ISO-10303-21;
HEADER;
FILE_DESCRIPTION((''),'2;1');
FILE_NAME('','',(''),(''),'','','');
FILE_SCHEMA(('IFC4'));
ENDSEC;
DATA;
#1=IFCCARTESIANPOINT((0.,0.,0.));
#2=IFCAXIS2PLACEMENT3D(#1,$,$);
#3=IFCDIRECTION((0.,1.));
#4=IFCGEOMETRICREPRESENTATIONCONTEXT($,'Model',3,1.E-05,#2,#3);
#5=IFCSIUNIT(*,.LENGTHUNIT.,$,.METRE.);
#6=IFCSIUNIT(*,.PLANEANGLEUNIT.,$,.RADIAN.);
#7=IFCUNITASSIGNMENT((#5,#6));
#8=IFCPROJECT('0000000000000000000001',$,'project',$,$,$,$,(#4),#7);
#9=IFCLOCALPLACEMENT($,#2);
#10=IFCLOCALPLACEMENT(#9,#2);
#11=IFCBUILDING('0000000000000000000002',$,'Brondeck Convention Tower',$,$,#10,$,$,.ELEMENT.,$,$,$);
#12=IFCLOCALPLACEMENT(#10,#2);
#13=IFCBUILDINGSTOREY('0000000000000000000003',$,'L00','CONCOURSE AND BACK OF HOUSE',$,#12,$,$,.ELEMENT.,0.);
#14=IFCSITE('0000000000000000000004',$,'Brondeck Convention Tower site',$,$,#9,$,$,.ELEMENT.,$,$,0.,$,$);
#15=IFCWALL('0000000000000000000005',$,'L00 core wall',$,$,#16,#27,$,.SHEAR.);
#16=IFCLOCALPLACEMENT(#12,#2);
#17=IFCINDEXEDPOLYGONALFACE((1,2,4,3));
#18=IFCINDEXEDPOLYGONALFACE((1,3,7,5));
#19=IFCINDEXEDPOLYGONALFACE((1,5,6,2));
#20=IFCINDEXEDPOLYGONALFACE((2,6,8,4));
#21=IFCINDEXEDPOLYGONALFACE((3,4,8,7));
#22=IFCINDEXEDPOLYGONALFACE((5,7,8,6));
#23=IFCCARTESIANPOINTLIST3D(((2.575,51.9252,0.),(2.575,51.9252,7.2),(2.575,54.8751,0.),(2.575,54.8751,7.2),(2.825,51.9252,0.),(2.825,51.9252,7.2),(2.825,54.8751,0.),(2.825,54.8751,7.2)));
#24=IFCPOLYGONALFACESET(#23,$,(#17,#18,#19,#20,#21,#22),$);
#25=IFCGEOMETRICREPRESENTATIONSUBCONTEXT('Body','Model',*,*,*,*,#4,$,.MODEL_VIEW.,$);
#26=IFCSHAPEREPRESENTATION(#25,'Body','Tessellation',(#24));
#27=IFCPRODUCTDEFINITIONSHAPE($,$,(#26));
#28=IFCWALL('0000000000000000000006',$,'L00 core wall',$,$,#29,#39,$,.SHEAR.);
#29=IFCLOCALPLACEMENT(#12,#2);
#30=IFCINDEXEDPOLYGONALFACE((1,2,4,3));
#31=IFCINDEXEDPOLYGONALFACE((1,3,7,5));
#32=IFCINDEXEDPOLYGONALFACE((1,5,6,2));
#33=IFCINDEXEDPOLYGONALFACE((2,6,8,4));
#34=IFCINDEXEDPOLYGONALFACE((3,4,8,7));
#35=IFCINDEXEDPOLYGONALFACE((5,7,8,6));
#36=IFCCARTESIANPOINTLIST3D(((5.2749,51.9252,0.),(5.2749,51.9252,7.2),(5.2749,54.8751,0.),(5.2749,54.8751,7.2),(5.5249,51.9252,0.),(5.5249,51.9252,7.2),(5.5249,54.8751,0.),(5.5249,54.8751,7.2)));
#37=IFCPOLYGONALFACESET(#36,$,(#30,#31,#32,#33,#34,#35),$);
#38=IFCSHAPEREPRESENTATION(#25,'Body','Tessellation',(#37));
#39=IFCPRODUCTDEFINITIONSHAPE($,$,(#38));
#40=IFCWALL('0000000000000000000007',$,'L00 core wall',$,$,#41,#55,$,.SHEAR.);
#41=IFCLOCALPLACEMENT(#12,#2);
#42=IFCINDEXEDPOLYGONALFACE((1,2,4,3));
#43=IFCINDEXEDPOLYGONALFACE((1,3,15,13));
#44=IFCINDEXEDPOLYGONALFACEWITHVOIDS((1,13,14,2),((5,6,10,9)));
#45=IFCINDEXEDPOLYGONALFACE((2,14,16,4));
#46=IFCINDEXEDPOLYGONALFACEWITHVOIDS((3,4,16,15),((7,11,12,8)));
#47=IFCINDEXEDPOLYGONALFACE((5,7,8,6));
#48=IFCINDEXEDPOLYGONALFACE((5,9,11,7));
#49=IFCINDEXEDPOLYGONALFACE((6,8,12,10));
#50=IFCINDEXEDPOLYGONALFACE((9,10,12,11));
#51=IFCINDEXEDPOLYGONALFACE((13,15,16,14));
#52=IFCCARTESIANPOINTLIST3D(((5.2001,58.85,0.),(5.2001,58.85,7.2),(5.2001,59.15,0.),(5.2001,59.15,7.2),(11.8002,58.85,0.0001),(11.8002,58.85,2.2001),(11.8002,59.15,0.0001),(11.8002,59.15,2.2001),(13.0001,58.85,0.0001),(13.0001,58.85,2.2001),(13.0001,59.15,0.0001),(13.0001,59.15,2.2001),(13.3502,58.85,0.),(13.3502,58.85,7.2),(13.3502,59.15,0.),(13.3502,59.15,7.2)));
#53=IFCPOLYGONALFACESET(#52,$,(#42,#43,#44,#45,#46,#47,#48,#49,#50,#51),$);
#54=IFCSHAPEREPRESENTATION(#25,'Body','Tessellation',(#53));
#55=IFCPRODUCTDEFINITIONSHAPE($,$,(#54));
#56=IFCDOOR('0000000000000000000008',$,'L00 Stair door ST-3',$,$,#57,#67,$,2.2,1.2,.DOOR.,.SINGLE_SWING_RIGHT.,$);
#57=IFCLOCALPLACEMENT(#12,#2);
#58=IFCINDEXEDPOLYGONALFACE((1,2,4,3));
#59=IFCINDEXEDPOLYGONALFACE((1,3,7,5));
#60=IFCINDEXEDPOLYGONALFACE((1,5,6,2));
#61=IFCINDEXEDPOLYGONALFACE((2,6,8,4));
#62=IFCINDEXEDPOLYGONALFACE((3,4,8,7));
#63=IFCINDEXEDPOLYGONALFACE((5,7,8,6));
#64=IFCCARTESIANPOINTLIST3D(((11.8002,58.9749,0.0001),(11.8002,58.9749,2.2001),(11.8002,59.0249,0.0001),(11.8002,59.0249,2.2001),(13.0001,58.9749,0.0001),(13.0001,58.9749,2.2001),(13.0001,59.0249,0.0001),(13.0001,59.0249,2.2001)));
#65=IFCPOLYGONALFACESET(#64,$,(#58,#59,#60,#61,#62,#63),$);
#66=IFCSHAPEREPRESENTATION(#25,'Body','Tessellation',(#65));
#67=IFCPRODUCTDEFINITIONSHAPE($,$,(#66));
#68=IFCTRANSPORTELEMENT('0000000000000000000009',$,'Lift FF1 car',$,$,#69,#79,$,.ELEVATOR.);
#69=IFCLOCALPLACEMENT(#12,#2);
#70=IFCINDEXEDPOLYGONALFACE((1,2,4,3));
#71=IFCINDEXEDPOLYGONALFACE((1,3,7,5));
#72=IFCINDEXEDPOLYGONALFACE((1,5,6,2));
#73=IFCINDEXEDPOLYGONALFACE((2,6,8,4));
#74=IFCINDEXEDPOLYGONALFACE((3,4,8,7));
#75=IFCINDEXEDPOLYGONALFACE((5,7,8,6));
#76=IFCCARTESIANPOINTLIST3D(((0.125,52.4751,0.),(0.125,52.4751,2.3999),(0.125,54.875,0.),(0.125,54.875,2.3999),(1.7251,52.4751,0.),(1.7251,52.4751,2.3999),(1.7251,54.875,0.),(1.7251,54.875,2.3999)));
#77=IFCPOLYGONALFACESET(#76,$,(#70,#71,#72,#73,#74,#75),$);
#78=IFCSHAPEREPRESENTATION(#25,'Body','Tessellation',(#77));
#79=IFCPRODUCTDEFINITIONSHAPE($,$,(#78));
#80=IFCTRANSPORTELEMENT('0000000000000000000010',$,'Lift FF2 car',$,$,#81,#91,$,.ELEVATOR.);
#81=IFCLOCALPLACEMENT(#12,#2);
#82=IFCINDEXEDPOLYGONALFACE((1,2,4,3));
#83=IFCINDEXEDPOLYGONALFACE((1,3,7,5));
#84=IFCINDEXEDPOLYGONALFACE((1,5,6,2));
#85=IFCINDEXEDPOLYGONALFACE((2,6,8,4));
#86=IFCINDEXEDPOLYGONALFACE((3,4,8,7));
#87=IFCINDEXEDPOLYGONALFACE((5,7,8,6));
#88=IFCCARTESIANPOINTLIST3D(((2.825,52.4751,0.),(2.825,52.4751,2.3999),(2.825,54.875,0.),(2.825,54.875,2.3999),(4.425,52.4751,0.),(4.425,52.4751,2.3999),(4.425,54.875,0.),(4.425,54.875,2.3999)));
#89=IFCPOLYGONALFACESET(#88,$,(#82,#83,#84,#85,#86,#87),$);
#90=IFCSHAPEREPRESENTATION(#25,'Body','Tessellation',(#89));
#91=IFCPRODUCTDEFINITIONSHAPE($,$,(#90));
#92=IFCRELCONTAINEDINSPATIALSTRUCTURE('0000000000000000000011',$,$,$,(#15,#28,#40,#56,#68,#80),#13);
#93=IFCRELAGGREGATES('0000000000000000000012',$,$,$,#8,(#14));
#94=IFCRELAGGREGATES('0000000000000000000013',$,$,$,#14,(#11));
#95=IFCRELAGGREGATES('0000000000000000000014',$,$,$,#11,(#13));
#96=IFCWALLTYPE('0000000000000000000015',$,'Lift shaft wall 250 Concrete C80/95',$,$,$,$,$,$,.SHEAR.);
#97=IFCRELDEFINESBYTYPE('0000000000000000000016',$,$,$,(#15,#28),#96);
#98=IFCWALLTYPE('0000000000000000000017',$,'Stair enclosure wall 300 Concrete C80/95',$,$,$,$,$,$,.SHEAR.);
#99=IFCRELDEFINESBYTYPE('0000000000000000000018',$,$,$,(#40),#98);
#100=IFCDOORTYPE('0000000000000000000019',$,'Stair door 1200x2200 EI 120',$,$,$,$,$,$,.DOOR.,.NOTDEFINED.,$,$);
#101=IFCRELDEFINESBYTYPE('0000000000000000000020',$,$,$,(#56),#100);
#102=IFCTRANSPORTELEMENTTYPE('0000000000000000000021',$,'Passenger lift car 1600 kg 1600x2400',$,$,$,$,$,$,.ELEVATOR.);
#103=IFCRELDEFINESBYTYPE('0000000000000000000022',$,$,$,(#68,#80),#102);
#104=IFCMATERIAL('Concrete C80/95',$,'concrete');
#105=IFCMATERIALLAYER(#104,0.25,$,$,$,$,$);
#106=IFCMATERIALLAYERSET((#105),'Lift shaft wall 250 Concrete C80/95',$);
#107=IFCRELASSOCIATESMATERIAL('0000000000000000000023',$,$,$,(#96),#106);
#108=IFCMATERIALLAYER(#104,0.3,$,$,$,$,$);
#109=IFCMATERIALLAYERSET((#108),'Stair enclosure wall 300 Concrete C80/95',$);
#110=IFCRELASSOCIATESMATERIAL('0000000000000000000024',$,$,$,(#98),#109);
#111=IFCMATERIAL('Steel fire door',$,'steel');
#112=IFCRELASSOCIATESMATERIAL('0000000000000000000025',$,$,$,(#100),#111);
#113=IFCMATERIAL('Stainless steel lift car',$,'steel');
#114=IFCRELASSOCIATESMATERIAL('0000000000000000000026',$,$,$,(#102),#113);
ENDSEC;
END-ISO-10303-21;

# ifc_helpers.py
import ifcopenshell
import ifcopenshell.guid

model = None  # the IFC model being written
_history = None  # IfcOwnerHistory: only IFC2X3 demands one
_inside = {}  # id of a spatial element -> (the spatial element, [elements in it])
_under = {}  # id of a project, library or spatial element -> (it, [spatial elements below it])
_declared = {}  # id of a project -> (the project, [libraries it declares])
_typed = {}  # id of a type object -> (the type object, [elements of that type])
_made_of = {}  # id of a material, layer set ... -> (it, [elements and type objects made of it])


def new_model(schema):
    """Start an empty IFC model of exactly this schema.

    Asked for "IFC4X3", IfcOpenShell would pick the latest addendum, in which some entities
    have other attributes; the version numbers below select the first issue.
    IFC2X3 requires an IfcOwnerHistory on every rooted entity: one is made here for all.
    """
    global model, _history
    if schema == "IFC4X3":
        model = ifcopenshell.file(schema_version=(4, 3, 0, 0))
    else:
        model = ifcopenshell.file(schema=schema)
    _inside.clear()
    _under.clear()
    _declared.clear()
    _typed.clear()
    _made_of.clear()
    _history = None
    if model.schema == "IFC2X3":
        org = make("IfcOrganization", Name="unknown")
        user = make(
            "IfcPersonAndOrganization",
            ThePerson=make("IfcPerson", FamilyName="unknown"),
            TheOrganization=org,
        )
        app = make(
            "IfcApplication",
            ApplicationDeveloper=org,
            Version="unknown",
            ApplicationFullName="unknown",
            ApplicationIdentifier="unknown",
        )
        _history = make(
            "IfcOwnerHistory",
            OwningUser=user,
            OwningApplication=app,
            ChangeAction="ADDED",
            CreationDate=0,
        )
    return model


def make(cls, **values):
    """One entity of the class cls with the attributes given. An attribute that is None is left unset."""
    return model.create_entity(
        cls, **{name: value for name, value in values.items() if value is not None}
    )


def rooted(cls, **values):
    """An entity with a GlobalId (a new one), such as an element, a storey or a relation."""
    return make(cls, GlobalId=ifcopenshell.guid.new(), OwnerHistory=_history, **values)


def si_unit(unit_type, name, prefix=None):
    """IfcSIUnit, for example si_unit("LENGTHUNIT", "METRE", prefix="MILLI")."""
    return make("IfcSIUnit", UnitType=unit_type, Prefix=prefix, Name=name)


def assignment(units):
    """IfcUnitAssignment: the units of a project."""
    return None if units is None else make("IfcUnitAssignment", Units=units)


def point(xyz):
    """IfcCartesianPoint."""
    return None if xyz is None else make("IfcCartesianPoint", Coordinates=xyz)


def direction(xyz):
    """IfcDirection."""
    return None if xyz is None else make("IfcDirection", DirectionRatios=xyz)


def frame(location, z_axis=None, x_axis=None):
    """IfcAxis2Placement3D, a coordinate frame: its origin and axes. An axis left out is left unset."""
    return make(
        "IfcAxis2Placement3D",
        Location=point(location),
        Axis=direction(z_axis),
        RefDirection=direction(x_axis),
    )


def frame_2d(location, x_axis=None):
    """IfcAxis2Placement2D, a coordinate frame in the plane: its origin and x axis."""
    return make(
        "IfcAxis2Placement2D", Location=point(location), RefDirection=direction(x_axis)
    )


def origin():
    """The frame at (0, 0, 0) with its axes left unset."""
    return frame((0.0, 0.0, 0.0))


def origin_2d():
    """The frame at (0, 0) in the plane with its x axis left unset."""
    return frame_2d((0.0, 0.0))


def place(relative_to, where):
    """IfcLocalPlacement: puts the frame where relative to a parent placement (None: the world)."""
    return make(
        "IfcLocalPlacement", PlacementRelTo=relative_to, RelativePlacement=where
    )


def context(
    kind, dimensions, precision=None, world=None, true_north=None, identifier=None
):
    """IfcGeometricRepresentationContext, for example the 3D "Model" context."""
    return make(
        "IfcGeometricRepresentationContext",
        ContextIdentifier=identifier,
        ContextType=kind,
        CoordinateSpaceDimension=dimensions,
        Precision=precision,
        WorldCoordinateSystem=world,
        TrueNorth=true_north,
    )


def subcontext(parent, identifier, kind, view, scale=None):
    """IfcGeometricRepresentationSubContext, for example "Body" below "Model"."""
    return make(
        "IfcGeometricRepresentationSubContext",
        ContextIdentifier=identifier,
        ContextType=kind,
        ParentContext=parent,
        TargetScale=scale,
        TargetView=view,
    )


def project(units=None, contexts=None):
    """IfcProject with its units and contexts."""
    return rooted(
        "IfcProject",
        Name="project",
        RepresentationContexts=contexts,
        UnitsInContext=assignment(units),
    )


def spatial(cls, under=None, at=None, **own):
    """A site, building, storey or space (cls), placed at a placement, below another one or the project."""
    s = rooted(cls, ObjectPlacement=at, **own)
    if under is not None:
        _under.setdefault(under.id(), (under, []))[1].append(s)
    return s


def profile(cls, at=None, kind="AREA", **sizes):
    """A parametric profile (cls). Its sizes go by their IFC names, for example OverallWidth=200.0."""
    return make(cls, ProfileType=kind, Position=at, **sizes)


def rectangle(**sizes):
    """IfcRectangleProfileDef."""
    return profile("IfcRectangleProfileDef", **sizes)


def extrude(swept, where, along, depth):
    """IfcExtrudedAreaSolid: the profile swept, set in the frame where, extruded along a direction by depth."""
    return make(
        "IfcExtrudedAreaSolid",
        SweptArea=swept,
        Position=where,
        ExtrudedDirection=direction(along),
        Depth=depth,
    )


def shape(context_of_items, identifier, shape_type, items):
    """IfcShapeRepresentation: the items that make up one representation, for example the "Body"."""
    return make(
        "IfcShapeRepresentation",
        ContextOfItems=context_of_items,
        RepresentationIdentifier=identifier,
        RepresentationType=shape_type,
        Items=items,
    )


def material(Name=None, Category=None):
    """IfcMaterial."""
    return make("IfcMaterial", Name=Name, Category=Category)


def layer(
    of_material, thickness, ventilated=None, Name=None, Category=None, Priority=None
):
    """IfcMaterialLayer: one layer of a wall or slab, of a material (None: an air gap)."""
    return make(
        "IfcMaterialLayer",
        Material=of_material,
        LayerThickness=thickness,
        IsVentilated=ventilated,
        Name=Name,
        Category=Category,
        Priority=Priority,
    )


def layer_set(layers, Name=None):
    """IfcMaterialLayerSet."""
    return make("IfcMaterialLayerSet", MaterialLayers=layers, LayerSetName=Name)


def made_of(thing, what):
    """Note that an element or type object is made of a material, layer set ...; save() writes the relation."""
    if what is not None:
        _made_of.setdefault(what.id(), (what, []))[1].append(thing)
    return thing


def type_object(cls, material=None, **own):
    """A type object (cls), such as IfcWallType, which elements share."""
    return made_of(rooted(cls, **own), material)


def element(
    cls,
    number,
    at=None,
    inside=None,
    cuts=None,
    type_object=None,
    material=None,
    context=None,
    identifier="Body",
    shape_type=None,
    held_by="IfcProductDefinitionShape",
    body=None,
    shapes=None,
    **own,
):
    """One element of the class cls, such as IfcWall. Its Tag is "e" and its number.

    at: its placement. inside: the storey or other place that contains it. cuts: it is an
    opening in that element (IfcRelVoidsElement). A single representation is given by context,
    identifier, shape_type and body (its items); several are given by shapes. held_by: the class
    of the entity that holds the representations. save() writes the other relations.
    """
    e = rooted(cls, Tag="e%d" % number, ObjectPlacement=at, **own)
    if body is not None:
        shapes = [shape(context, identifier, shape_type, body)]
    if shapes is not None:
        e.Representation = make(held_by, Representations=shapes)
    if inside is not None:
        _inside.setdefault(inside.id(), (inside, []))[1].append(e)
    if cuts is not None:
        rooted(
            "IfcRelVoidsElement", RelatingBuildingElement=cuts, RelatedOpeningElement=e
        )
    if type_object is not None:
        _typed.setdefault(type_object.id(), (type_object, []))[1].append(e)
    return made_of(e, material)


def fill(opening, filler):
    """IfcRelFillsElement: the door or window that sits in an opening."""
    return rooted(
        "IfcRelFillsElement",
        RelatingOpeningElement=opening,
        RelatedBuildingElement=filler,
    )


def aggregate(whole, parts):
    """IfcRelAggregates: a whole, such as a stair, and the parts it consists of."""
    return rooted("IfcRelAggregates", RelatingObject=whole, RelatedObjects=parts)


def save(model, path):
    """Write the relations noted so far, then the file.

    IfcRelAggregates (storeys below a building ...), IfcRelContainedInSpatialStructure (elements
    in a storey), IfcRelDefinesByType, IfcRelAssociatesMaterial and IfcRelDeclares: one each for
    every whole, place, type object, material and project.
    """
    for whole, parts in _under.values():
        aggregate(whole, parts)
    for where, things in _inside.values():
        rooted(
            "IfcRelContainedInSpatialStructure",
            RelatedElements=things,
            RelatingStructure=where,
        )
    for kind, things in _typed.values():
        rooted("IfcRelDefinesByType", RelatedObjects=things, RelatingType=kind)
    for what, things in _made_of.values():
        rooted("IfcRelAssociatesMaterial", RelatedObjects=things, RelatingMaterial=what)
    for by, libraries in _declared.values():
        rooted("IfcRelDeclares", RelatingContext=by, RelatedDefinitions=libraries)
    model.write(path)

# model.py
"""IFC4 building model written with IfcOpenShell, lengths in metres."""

from ifc_helpers import new_model, si_unit, direction, frame, frame_2d, origin, origin_2d, place, context, subcontext, project, spatial, rectangle, extrude, material, layer, layer_set, type_object, element, fill, save


model = new_model("IFC4")

# Units and contexts
model_context = context("Model", 3, precision=1e-05, world=origin(), true_north=direction((0.0, 1.0)))
body_context = subcontext(model_context, "Body", "Model", "MODEL_VIEW")
ifc_project = project(units=[si_unit("LENGTHUNIT", "METRE"), si_unit("PLANEANGLEUNIT", "RADIAN")], contexts=[model_context])

# Site, building, storey
site_placement = place(None, origin())
site = spatial("IfcSite", under=ifc_project, at=site_placement, Name="Brondeck Convention Tower site", CompositionType="ELEMENT", RefElevation=0.0)
building_placement = place(site_placement, origin())
building = spatial("IfcBuilding", under=site, at=building_placement, Name="Brondeck Convention Tower", CompositionType="ELEMENT")
storey_placement = place(building_placement, origin())
storey = spatial("IfcBuildingStorey", under=building, at=storey_placement, Name="L00", Description="CONCOURSE AND BACK OF HOUSE", CompositionType="ELEMENT", Elevation=0.0)

# Shared definitions
ifc_material_1 = material(Name="Concrete C80/95", Category="concrete")

# Shared definitions
ifc_layer_1 = layer(ifc_material_1, 0.25)
ifc_layer_set_1 = layer_set([ifc_layer_1], Name="Lift shaft wall 250 Concrete C80/95")
wall_type_1 = type_object("IfcWallType", Name="Lift shaft wall 250 Concrete C80/95", PredefinedType="SHEAR", material=ifc_layer_set_1)

# Walls
for number, where, z_axis, x_axis, name in (
    (1, (2.7, 51.925, 0.0), (0.0, 0.0, 1.0), (0.0, 1.0, 0.0), "L00 core wall"),
    (2, (5.3999, 51.925, 0.0), (0.0, 0.0, 1.0), (0.0, 1.0, 0.0), "L00 core wall"),
):
    element("IfcWall", number, at=place(storey_placement, frame(where, z_axis=z_axis, x_axis=x_axis)), inside=storey, type_object=wall_type_1, Name=name, PredefinedType="SHEAR", context=body_context, shape_type="SweptSolid", body=[
        extrude(rectangle(XDim=2.95, YDim=0.25, at=frame_2d((1.4751, 0.0))), origin(), (0.0, 0.0, 1.0), 7.2),
    ])

# Wall, opening, door
ifc_layer_2 = layer(ifc_material_1, 0.3)
ifc_layer_set_2 = layer_set([ifc_layer_2], Name="Stair enclosure wall 300 Concrete C80/95")
wall_type_2 = type_object("IfcWallType", Name="Stair enclosure wall 300 Concrete C80/95", PredefinedType="SHEAR", material=ifc_layer_set_2)
wall_1_placement = place(storey_placement, frame((5.2, 59.0, 0.0), z_axis=(0.0, 0.0, 1.0), x_axis=(1.0, 0.0, 0.0)))
wall_1 = element("IfcWall", 3, at=wall_1_placement, inside=storey, type_object=wall_type_2, Name="L00 core wall", PredefinedType="SHEAR", context=body_context, shape_type="SweptSolid", body=[
    extrude(rectangle(XDim=8.1501, YDim=0.3, at=frame_2d((4.0752, 0.0))), origin(), (0.0, 0.0, 1.0), 7.2),
])
opening_1_placement = place(wall_1_placement, frame((6.6001, 0.0, 0.0)))
opening_1 = element("IfcOpeningElement", 4, at=opening_1_placement, cuts=wall_1, PredefinedType="OPENING", context=body_context, shape_type="SweptSolid", body=[
    extrude(rectangle(XDim=1.2, YDim=2.2, at=frame_2d((0.6001, 1.1001))), frame((0.0, 0.1599, 0.0), z_axis=(0.0, -1.0, 0.0), x_axis=(1.0, 0.0, 0.0)), (0.0, 0.0, 1.0), 0.3201),
])
ifc_material_2 = material(Name="Steel fire door", Category="steel")
door_type_1 = type_object("IfcDoorType", Name="Stair door 1200x2200 EI 120", OperationType="NOTDEFINED", PredefinedType="DOOR", material=ifc_material_2)
door_1_placement = place(opening_1_placement, origin())
door_1 = element("IfcDoor", 5, at=door_1_placement, inside=storey, type_object=door_type_1, Name="L00 Stair door ST-3", OperationType="SINGLE_SWING_RIGHT", OverallHeight=2.2, OverallWidth=1.2, PredefinedType="DOOR", context=body_context, shape_type="SweptSolid", body=[
    extrude(rectangle(XDim=1.2, YDim=2.2, at=frame_2d((0.6001, 1.1001))), frame((0.0, 0.0249, 0.0), z_axis=(0.0, -1.0, 0.0), x_axis=(1.0, 0.0, 0.0)), (0.0, 0.0, 1.0), 0.05),
])
fill(opening_1, door_1)

# Transport elements
ifc_material_3 = material(Name="Stainless steel lift car", Category="steel")
transport_element_type = type_object("IfcTransportElementType", Name="Passenger lift car 1600 kg 1600x2400", PredefinedType="ELEVATOR", material=ifc_material_3)
for number, where, z_axis, x_axis, name in (
    (6, (0.925, 53.675, 0.0), (0.0, 0.0, 1.0), (1.0, 0.0, 0.0), "Lift FF1 car"),
    (7, (3.625, 53.675, 0.0), (0.0, 0.0, 1.0), (1.0, 0.0, 0.0), "Lift FF2 car"),
):
    element("IfcTransportElement", number, at=place(storey_placement, frame(where, z_axis=z_axis, x_axis=x_axis)), inside=storey, type_object=transport_element_type, Name=name, PredefinedType="ELEVATOR", context=body_context, shape_type="SweptSolid", body=[
        extrude(rectangle(XDim=1.6001, YDim=2.3999, at=origin_2d()), origin(), (0.0, 0.0, 1.0), 2.3999),
    ])

save(model, "model.ifc")
